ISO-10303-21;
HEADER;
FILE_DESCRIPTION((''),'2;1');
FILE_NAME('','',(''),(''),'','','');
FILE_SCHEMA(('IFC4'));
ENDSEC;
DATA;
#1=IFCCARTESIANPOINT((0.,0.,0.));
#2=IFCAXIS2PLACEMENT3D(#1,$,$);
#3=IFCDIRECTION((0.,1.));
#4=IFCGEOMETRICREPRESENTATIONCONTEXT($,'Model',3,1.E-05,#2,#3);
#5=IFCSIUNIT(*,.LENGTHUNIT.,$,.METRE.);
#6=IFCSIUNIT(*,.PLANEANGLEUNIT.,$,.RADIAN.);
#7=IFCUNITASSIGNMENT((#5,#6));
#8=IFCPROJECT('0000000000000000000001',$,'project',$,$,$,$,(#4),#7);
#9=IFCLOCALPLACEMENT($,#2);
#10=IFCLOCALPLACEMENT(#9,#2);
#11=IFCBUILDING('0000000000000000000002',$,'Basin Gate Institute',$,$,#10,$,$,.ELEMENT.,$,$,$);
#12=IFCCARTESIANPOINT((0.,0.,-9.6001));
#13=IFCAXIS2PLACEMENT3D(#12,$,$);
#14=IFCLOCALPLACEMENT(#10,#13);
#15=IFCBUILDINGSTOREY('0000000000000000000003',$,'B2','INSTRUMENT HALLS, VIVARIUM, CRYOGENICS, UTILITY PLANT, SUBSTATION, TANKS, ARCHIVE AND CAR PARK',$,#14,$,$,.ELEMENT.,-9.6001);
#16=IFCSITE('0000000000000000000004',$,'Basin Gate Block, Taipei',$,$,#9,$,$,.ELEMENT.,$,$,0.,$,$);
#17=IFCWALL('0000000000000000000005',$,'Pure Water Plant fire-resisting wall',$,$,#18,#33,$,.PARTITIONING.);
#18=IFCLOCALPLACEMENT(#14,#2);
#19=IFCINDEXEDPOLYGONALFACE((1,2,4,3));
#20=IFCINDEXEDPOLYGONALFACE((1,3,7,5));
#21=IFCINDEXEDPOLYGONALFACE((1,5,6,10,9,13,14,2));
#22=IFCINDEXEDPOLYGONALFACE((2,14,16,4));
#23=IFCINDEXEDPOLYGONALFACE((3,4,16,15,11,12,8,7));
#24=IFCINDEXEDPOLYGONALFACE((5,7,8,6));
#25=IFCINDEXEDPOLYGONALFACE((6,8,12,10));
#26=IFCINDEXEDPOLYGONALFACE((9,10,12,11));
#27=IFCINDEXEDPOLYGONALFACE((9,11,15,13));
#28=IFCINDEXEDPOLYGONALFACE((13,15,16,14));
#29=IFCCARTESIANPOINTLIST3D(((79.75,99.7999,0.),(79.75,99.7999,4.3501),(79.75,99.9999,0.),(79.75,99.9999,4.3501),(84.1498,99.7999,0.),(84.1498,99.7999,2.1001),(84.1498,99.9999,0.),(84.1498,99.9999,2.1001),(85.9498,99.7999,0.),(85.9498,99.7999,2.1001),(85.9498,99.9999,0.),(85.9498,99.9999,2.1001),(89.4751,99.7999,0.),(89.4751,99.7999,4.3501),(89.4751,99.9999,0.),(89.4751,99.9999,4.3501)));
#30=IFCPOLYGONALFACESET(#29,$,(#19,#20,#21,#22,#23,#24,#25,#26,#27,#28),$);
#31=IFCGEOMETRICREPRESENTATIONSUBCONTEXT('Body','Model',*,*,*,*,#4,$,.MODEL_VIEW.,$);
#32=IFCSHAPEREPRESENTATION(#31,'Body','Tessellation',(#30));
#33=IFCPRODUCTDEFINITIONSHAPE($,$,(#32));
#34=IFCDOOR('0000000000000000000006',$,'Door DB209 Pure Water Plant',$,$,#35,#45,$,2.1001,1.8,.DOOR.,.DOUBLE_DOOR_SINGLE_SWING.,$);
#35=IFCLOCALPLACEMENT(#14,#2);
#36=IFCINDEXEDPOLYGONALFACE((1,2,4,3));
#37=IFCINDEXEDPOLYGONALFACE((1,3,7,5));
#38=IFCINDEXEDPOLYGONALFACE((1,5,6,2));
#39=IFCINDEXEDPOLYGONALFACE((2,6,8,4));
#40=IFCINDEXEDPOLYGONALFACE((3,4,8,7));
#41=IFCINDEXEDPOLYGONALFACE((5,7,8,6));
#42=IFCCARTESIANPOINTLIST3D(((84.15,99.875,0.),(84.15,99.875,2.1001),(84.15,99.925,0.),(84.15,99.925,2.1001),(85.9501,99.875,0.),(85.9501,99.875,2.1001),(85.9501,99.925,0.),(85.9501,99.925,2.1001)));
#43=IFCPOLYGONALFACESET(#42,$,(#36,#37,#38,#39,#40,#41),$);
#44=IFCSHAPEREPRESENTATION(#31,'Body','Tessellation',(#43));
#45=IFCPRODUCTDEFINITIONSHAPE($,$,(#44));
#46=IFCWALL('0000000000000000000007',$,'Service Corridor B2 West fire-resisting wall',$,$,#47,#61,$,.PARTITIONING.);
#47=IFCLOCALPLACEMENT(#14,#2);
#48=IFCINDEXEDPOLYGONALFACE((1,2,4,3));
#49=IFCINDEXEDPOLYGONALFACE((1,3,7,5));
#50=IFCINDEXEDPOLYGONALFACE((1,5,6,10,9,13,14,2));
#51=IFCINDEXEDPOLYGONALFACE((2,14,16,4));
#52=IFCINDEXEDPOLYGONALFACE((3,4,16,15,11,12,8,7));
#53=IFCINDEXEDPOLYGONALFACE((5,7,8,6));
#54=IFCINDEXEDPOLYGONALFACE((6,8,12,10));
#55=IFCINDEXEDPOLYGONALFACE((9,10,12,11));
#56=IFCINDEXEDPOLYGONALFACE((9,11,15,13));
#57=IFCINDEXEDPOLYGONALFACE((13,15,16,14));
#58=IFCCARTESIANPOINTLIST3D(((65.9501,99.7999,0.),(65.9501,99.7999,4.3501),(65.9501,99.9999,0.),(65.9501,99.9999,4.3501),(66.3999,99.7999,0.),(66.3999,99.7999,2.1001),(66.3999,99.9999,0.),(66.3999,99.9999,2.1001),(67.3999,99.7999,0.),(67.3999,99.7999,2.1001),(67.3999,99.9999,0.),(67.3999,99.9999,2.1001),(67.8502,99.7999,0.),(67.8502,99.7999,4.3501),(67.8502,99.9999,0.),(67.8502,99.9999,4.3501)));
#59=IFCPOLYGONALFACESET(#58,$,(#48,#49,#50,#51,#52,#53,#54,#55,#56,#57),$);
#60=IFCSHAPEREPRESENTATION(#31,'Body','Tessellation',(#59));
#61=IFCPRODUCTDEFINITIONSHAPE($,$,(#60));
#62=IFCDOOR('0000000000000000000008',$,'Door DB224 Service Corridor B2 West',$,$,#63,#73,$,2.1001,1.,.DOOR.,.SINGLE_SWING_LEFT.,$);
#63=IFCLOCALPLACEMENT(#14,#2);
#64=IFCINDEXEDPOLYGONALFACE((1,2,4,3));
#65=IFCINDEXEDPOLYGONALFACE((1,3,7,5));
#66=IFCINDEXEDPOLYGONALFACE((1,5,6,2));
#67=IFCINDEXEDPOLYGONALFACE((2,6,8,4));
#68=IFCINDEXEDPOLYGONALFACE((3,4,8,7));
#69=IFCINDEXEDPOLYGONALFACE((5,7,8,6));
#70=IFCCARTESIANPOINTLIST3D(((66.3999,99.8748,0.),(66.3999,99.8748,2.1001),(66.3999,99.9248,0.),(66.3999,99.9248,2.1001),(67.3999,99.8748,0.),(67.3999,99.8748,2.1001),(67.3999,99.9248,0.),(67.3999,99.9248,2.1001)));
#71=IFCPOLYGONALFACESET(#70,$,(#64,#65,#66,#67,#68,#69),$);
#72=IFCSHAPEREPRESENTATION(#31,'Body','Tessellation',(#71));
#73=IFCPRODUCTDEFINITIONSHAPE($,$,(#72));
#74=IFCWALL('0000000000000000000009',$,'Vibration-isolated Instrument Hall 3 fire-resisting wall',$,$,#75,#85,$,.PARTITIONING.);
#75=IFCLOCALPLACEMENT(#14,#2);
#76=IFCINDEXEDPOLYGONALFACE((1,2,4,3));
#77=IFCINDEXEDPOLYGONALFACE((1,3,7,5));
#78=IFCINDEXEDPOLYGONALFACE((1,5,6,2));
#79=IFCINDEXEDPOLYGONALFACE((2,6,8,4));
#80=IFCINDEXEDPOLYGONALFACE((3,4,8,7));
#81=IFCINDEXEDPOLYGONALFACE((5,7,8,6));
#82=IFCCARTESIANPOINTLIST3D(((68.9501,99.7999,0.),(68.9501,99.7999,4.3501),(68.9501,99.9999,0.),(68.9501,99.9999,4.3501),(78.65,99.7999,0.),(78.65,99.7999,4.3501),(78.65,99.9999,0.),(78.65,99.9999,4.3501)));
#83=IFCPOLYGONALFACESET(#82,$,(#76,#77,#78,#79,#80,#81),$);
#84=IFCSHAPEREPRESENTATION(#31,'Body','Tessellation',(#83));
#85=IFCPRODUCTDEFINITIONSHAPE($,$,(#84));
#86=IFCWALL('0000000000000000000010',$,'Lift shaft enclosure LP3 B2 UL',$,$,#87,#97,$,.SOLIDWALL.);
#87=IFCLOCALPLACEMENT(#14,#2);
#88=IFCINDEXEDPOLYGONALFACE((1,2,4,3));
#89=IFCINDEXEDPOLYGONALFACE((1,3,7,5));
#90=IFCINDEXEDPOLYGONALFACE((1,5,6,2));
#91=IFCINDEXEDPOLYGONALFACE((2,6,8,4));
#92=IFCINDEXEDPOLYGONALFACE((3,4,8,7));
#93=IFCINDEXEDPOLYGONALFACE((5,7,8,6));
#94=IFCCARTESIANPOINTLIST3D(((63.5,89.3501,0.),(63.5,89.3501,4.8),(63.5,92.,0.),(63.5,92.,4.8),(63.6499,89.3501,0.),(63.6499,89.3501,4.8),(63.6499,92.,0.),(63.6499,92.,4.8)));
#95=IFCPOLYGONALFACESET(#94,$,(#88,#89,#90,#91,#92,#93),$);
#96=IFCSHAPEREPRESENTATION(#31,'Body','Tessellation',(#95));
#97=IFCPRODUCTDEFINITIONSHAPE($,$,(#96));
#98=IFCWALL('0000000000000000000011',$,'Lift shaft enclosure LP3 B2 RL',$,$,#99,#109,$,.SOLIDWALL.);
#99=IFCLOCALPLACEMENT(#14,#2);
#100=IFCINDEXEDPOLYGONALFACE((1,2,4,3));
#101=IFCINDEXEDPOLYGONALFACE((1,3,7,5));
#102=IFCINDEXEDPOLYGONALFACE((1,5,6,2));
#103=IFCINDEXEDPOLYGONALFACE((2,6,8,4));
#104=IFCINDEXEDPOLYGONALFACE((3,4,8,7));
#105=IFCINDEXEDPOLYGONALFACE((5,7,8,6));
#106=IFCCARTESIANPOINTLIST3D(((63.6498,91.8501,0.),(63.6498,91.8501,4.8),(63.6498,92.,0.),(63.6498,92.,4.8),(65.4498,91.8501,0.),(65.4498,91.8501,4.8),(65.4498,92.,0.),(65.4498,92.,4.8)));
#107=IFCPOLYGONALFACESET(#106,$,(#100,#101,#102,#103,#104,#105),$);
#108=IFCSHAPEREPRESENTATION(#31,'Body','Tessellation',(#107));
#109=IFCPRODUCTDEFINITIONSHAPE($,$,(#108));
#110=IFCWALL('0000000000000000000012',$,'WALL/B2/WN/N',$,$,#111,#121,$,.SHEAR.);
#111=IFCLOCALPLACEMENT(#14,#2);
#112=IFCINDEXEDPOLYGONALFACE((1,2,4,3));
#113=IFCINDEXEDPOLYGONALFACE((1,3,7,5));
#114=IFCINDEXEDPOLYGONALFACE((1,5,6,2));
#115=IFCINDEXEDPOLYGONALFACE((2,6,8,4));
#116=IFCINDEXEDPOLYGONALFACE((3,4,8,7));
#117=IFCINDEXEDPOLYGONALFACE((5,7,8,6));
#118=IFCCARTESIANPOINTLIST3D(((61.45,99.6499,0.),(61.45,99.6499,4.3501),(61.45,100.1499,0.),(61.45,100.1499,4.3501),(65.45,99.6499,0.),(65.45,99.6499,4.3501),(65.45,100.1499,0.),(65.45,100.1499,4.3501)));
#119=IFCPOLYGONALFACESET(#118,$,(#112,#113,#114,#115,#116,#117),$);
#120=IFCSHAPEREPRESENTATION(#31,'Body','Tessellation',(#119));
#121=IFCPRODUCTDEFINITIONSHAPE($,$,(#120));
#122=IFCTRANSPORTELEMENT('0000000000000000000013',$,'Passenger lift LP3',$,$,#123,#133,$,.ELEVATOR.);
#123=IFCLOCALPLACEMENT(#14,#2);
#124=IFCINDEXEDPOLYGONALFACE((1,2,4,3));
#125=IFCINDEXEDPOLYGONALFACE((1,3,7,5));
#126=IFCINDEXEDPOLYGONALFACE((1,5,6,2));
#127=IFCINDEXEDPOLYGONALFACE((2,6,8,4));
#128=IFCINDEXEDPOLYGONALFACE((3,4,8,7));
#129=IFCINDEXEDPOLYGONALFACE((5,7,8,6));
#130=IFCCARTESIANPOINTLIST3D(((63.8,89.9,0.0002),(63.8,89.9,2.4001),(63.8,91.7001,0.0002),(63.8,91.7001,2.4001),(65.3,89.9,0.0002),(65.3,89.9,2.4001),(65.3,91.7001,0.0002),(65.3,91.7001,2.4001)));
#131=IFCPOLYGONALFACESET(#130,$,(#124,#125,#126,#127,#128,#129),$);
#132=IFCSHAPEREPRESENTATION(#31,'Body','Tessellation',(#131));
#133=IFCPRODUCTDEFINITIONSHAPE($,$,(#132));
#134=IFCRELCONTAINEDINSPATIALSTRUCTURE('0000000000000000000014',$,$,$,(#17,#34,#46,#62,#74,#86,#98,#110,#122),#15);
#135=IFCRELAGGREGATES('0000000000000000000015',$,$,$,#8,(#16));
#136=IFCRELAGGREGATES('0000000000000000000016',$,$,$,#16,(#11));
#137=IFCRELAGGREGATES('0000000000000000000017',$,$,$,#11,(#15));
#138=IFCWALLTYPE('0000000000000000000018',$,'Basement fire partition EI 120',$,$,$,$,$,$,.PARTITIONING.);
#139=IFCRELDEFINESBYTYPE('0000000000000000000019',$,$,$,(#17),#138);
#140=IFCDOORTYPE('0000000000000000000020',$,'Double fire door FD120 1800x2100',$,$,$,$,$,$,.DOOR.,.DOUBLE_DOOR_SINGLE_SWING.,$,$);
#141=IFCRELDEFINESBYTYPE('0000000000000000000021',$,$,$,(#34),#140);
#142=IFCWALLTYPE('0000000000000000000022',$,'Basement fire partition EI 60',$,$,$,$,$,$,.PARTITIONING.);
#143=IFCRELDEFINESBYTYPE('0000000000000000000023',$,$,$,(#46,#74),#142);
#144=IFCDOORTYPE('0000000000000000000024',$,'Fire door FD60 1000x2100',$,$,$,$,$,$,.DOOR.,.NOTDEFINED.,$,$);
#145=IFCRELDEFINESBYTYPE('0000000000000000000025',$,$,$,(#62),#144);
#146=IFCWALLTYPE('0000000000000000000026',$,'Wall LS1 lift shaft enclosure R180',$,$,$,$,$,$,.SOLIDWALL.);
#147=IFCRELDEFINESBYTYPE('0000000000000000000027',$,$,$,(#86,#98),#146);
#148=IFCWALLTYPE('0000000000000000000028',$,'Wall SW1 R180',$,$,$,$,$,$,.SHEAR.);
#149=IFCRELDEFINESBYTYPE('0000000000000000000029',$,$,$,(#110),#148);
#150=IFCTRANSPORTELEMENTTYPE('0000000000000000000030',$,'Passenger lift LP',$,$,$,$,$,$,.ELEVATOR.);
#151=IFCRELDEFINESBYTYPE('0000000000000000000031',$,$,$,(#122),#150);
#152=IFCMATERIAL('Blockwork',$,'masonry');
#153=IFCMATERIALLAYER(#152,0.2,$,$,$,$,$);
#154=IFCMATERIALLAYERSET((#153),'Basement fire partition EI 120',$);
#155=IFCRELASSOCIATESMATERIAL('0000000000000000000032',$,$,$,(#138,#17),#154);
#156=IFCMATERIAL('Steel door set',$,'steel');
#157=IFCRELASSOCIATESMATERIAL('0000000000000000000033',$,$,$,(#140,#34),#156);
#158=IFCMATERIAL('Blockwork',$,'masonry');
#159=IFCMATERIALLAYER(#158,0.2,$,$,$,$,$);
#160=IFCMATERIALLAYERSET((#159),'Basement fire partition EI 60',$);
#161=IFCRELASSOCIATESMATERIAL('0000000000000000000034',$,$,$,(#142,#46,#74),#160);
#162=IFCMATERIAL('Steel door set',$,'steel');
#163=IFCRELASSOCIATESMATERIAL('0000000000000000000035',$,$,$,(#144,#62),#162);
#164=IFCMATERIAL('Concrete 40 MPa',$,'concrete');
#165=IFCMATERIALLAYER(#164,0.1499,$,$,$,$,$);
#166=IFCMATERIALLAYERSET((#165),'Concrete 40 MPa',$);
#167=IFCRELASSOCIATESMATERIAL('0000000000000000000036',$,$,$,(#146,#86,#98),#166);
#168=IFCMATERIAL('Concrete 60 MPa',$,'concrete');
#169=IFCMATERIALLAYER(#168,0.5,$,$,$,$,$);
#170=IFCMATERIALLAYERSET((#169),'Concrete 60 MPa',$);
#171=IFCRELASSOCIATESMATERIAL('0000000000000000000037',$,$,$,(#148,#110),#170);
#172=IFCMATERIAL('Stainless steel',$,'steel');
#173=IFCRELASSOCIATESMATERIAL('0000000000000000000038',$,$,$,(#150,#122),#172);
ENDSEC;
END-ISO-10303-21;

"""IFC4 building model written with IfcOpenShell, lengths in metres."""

from ifc_helpers import new_model, si_unit, direction, frame, frame_2d, origin, origin_2d, place, context, subcontext, project, spatial, rectangle, extrude, material, layer, layer_set, type_object, element, fill, save


model = new_model("IFC4")

# Units and contexts
model_context = context("Model", 3, precision=1e-05, world=origin(), true_north=direction((0.0, 1.0)))
body_context = subcontext(model_context, "Body", "Model", "MODEL_VIEW")
ifc_project = project(units=[si_unit("LENGTHUNIT", "METRE"), si_unit("PLANEANGLEUNIT", "RADIAN")], contexts=[model_context])

# Site, building, storey
site_placement = place(None, origin())
site = spatial("IfcSite", under=ifc_project, at=site_placement, Name="Basin Gate Block, Taipei", CompositionType="ELEMENT", RefElevation=0.0)
building_placement = place(site_placement, origin())
building = spatial("IfcBuilding", under=site, at=building_placement, Name="Basin Gate Institute", CompositionType="ELEMENT")
storey_placement = place(building_placement, frame((0.0, 0.0, -9.6001)))
storey = spatial("IfcBuildingStorey", under=building, at=storey_placement, Name="B2", Description="INSTRUMENT HALLS, VIVARIUM, CRYOGENICS, UTILITY PLANT, SUBSTATION, TANKS, ARCHIVE AND CAR PARK", CompositionType="ELEMENT", Elevation=-9.6001)

# Walls, openings, doors
ifc_material_1 = material(Name="Blockwork", Category="masonry")
ifc_layer_1 = layer(ifc_material_1, 0.2)
ifc_layer_set_1 = layer_set([ifc_layer_1], Name="Basement fire partition EI 120")
wall_type_1 = type_object("IfcWallType", Name="Basement fire partition EI 120", PredefinedType="PARTITIONING", material=ifc_layer_set_1)
wall_1_placement = place(storey_placement, frame((79.75, 99.8999, 0.0), z_axis=(0.0, 0.0, 1.0), x_axis=(1.0, 0.0, 0.0)))
wall_1 = element("IfcWall", 1, at=wall_1_placement, inside=storey, type_object=wall_type_1, material=ifc_layer_set_1, Name="Pure Water Plant fire-resisting wall", PredefinedType="PARTITIONING", context=body_context, shape_type="SweptSolid", body=[
    extrude(rectangle(XDim=9.7251, YDim=0.2, at=frame_2d((4.8625, 0.0))), origin(), (0.0, 0.0, 1.0), 4.3501),
])
opening_1_placement = place(wall_1_placement, frame((4.3999, 0.0, 0.0)))
opening_1 = element("IfcOpeningElement", 2, at=opening_1_placement, cuts=wall_1, PredefinedType="OPENING", context=body_context, shape_type="SweptSolid", body=[
    extrude(rectangle(XDim=1.8, YDim=2.1001, at=frame_2d((0.8999, 1.05))), frame((0.0, 0.1099, 0.0), z_axis=(0.0, -1.0, 0.0), x_axis=(1.0, 0.0, 0.0)), (0.0, 0.0, 1.0), 0.22),
])
ifc_material_2 = material(Name="Steel door set", Category="steel")
door_type_1 = type_object("IfcDoorType", Name="Double fire door FD120 1800x2100", OperationType="DOUBLE_DOOR_SINGLE_SWING", PredefinedType="DOOR", material=ifc_material_2)
door_1_placement = place(opening_1_placement, frame((1.8, 0.0, 0.0), z_axis=(0.0, 0.0, 1.0), x_axis=(-1.0, 0.0, 0.0)))
door_1 = element("IfcDoor", 3, at=door_1_placement, inside=storey, type_object=door_type_1, material=ifc_material_2, Name="Door DB209 Pure Water Plant", OperationType="DOUBLE_DOOR_SINGLE_SWING", OverallHeight=2.1001, OverallWidth=1.8, PredefinedType="DOOR", context=body_context, shape_type="SweptSolid", body=[
    extrude(rectangle(XDim=1.8, YDim=2.1001, at=frame_2d((0.8999, 1.05))), frame((0.0, 0.0249, 0.0), z_axis=(0.0, -1.0, 0.0), x_axis=(1.0, 0.0, 0.0)), (0.0, 0.0, 1.0), 0.05),
])
fill(opening_1, door_1)
ifc_material_3 = material(Name="Blockwork", Category="masonry")
ifc_layer_2 = layer(ifc_material_3, 0.2)
ifc_layer_set_2 = layer_set([ifc_layer_2], Name="Basement fire partition EI 60")
wall_type_2 = type_object("IfcWallType", Name="Basement fire partition EI 60", PredefinedType="PARTITIONING", material=ifc_layer_set_2)
wall_2_placement = place(storey_placement, frame((65.95, 99.8999, 0.0), z_axis=(0.0, 0.0, 1.0), x_axis=(1.0, 0.0, 0.0)))
wall_2 = element("IfcWall", 4, at=wall_2_placement, inside=storey, type_object=wall_type_2, material=ifc_layer_set_2, Name="Service Corridor B2 West fire-resisting wall", PredefinedType="PARTITIONING", context=body_context, shape_type="SweptSolid", body=[
    extrude(rectangle(XDim=1.9001, YDim=0.2, at=frame_2d((0.9502, 0.0))), origin(), (0.0, 0.0, 1.0), 4.3501),
])
opening_2_placement = place(wall_2_placement, frame((0.45, 0.0, 0.0)))
opening_2 = element("IfcOpeningElement", 5, at=opening_2_placement, cuts=wall_2, PredefinedType="OPENING", context=body_context, shape_type="SweptSolid", body=[
    extrude(rectangle(XDim=1.0, YDim=2.1001, at=frame_2d((0.5, 1.05))), frame((0.0, 0.1099, 0.0), z_axis=(0.0, -1.0, 0.0), x_axis=(1.0, 0.0, 0.0)), (0.0, 0.0, 1.0), 0.22),
])
ifc_material_4 = material(Name="Steel door set", Category="steel")
door_type_2 = type_object("IfcDoorType", Name="Fire door FD60 1000x2100", OperationType="NOTDEFINED", PredefinedType="DOOR", material=ifc_material_4)
door_2_placement = place(opening_2_placement, origin())
door_2 = element("IfcDoor", 6, at=door_2_placement, inside=storey, type_object=door_type_2, material=ifc_material_4, Name="Door DB224 Service Corridor B2 West", OperationType="SINGLE_SWING_LEFT", OverallHeight=2.1001, OverallWidth=1.0, PredefinedType="DOOR", context=body_context, shape_type="SweptSolid", body=[
    extrude(rectangle(XDim=1.0, YDim=2.1001, at=frame_2d((0.5, 1.05))), frame((0.0, 0.0249, 0.0), z_axis=(0.0, -1.0, 0.0), x_axis=(1.0, 0.0, 0.0)), (0.0, 0.0, 1.0), 0.05),
])
fill(opening_2, door_2)

# Walls
wall_3_placement = place(storey_placement, frame((68.95, 99.8999, 0.0), z_axis=(0.0, 0.0, 1.0), x_axis=(1.0, 0.0, 0.0)))
element("IfcWall", 7, at=wall_3_placement, inside=storey, type_object=wall_type_2, material=ifc_layer_set_2, Name="Vibration-isolated Instrument Hall 3 fire-resisting wall", PredefinedType="PARTITIONING", context=body_context, shape_type="SweptSolid", body=[
    extrude(rectangle(XDim=9.7, YDim=0.2, at=frame_2d((4.8501, 0.0))), origin(), (0.0, 0.0, 1.0), 4.3501),
])
ifc_material_5 = material(Name="Concrete 40 MPa", Category="concrete")
ifc_layer_3 = layer(ifc_material_5, 0.1499)
ifc_layer_set_3 = layer_set([ifc_layer_3], Name="Concrete 40 MPa")
wall_type_3 = type_object("IfcWallType", Name="Wall LS1 lift shaft enclosure R180", PredefinedType="SOLIDWALL", material=ifc_layer_set_3)
wall_4_placement = place(storey_placement, frame((63.575, 92.0, 0.0), z_axis=(0.0, 0.0, 1.0), x_axis=(0.0, -1.0, 0.0)))
element("IfcWall", 8, at=wall_4_placement, inside=storey, type_object=wall_type_3, material=ifc_layer_set_3, Name="Lift shaft enclosure LP3 B2 UL", PredefinedType="SOLIDWALL", context=body_context, shape_type="SweptSolid", body=[
    extrude(rectangle(XDim=2.6499, YDim=0.1499, at=frame_2d((1.325, 0.0))), origin(), (0.0, 0.0, 1.0), 4.8),
])
wall_5_placement = place(storey_placement, frame((63.6499, 91.925, 0.0), z_axis=(0.0, 0.0, 1.0), x_axis=(1.0, 0.0, 0.0)))
element("IfcWall", 9, at=wall_5_placement, inside=storey, type_object=wall_type_3, material=ifc_layer_set_3, Name="Lift shaft enclosure LP3 B2 RL", PredefinedType="SOLIDWALL", context=body_context, shape_type="SweptSolid", body=[
    extrude(rectangle(XDim=1.8, YDim=0.1499, at=frame_2d((0.8999, 0.0))), origin(), (0.0, 0.0, 1.0), 4.8),
])
ifc_material_6 = material(Name="Concrete 60 MPa", Category="concrete")
ifc_layer_4 = layer(ifc_material_6, 0.5)
ifc_layer_set_4 = layer_set([ifc_layer_4], Name="Concrete 60 MPa")
wall_type_4 = type_object("IfcWallType", Name="Wall SW1 R180", PredefinedType="SHEAR", material=ifc_layer_set_4)
wall_6_placement = place(storey_placement, frame((61.45, 99.8999, 0.0), z_axis=(0.0, 0.0, 1.0), x_axis=(1.0, 0.0, 0.0)))
element("IfcWall", 10, at=wall_6_placement, inside=storey, type_object=wall_type_4, material=ifc_layer_set_4, Name="WALL/B2/WN/N", PredefinedType="SHEAR", context=body_context, shape_type="SweptSolid", body=[
    extrude(rectangle(XDim=4.0, YDim=0.5, at=frame_2d((2.0, 0.0))), origin(), (0.0, 0.0, 1.0), 4.3501),
])

# Transport element
ifc_material_7 = material(Name="Stainless steel", Category="steel")
transport_element_type = type_object("IfcTransportElementType", Name="Passenger lift LP", PredefinedType="ELEVATOR", material=ifc_material_7)
transport_element_placement = place(storey_placement, frame((64.55, 90.8, 0.0002), z_axis=(0.0, 0.0, 1.0), x_axis=(1.0, 0.0, 0.0)))
element("IfcTransportElement", 11, at=transport_element_placement, inside=storey, type_object=transport_element_type, material=ifc_material_7, Name="Passenger lift LP3", PredefinedType="ELEVATOR", context=body_context, shape_type="SweptSolid", body=[
    extrude(rectangle(XDim=1.5, YDim=1.8, at=origin_2d()), origin(), (0.0, 0.0, 1.0), 2.3999),
])

save(model, "model.ifc")
